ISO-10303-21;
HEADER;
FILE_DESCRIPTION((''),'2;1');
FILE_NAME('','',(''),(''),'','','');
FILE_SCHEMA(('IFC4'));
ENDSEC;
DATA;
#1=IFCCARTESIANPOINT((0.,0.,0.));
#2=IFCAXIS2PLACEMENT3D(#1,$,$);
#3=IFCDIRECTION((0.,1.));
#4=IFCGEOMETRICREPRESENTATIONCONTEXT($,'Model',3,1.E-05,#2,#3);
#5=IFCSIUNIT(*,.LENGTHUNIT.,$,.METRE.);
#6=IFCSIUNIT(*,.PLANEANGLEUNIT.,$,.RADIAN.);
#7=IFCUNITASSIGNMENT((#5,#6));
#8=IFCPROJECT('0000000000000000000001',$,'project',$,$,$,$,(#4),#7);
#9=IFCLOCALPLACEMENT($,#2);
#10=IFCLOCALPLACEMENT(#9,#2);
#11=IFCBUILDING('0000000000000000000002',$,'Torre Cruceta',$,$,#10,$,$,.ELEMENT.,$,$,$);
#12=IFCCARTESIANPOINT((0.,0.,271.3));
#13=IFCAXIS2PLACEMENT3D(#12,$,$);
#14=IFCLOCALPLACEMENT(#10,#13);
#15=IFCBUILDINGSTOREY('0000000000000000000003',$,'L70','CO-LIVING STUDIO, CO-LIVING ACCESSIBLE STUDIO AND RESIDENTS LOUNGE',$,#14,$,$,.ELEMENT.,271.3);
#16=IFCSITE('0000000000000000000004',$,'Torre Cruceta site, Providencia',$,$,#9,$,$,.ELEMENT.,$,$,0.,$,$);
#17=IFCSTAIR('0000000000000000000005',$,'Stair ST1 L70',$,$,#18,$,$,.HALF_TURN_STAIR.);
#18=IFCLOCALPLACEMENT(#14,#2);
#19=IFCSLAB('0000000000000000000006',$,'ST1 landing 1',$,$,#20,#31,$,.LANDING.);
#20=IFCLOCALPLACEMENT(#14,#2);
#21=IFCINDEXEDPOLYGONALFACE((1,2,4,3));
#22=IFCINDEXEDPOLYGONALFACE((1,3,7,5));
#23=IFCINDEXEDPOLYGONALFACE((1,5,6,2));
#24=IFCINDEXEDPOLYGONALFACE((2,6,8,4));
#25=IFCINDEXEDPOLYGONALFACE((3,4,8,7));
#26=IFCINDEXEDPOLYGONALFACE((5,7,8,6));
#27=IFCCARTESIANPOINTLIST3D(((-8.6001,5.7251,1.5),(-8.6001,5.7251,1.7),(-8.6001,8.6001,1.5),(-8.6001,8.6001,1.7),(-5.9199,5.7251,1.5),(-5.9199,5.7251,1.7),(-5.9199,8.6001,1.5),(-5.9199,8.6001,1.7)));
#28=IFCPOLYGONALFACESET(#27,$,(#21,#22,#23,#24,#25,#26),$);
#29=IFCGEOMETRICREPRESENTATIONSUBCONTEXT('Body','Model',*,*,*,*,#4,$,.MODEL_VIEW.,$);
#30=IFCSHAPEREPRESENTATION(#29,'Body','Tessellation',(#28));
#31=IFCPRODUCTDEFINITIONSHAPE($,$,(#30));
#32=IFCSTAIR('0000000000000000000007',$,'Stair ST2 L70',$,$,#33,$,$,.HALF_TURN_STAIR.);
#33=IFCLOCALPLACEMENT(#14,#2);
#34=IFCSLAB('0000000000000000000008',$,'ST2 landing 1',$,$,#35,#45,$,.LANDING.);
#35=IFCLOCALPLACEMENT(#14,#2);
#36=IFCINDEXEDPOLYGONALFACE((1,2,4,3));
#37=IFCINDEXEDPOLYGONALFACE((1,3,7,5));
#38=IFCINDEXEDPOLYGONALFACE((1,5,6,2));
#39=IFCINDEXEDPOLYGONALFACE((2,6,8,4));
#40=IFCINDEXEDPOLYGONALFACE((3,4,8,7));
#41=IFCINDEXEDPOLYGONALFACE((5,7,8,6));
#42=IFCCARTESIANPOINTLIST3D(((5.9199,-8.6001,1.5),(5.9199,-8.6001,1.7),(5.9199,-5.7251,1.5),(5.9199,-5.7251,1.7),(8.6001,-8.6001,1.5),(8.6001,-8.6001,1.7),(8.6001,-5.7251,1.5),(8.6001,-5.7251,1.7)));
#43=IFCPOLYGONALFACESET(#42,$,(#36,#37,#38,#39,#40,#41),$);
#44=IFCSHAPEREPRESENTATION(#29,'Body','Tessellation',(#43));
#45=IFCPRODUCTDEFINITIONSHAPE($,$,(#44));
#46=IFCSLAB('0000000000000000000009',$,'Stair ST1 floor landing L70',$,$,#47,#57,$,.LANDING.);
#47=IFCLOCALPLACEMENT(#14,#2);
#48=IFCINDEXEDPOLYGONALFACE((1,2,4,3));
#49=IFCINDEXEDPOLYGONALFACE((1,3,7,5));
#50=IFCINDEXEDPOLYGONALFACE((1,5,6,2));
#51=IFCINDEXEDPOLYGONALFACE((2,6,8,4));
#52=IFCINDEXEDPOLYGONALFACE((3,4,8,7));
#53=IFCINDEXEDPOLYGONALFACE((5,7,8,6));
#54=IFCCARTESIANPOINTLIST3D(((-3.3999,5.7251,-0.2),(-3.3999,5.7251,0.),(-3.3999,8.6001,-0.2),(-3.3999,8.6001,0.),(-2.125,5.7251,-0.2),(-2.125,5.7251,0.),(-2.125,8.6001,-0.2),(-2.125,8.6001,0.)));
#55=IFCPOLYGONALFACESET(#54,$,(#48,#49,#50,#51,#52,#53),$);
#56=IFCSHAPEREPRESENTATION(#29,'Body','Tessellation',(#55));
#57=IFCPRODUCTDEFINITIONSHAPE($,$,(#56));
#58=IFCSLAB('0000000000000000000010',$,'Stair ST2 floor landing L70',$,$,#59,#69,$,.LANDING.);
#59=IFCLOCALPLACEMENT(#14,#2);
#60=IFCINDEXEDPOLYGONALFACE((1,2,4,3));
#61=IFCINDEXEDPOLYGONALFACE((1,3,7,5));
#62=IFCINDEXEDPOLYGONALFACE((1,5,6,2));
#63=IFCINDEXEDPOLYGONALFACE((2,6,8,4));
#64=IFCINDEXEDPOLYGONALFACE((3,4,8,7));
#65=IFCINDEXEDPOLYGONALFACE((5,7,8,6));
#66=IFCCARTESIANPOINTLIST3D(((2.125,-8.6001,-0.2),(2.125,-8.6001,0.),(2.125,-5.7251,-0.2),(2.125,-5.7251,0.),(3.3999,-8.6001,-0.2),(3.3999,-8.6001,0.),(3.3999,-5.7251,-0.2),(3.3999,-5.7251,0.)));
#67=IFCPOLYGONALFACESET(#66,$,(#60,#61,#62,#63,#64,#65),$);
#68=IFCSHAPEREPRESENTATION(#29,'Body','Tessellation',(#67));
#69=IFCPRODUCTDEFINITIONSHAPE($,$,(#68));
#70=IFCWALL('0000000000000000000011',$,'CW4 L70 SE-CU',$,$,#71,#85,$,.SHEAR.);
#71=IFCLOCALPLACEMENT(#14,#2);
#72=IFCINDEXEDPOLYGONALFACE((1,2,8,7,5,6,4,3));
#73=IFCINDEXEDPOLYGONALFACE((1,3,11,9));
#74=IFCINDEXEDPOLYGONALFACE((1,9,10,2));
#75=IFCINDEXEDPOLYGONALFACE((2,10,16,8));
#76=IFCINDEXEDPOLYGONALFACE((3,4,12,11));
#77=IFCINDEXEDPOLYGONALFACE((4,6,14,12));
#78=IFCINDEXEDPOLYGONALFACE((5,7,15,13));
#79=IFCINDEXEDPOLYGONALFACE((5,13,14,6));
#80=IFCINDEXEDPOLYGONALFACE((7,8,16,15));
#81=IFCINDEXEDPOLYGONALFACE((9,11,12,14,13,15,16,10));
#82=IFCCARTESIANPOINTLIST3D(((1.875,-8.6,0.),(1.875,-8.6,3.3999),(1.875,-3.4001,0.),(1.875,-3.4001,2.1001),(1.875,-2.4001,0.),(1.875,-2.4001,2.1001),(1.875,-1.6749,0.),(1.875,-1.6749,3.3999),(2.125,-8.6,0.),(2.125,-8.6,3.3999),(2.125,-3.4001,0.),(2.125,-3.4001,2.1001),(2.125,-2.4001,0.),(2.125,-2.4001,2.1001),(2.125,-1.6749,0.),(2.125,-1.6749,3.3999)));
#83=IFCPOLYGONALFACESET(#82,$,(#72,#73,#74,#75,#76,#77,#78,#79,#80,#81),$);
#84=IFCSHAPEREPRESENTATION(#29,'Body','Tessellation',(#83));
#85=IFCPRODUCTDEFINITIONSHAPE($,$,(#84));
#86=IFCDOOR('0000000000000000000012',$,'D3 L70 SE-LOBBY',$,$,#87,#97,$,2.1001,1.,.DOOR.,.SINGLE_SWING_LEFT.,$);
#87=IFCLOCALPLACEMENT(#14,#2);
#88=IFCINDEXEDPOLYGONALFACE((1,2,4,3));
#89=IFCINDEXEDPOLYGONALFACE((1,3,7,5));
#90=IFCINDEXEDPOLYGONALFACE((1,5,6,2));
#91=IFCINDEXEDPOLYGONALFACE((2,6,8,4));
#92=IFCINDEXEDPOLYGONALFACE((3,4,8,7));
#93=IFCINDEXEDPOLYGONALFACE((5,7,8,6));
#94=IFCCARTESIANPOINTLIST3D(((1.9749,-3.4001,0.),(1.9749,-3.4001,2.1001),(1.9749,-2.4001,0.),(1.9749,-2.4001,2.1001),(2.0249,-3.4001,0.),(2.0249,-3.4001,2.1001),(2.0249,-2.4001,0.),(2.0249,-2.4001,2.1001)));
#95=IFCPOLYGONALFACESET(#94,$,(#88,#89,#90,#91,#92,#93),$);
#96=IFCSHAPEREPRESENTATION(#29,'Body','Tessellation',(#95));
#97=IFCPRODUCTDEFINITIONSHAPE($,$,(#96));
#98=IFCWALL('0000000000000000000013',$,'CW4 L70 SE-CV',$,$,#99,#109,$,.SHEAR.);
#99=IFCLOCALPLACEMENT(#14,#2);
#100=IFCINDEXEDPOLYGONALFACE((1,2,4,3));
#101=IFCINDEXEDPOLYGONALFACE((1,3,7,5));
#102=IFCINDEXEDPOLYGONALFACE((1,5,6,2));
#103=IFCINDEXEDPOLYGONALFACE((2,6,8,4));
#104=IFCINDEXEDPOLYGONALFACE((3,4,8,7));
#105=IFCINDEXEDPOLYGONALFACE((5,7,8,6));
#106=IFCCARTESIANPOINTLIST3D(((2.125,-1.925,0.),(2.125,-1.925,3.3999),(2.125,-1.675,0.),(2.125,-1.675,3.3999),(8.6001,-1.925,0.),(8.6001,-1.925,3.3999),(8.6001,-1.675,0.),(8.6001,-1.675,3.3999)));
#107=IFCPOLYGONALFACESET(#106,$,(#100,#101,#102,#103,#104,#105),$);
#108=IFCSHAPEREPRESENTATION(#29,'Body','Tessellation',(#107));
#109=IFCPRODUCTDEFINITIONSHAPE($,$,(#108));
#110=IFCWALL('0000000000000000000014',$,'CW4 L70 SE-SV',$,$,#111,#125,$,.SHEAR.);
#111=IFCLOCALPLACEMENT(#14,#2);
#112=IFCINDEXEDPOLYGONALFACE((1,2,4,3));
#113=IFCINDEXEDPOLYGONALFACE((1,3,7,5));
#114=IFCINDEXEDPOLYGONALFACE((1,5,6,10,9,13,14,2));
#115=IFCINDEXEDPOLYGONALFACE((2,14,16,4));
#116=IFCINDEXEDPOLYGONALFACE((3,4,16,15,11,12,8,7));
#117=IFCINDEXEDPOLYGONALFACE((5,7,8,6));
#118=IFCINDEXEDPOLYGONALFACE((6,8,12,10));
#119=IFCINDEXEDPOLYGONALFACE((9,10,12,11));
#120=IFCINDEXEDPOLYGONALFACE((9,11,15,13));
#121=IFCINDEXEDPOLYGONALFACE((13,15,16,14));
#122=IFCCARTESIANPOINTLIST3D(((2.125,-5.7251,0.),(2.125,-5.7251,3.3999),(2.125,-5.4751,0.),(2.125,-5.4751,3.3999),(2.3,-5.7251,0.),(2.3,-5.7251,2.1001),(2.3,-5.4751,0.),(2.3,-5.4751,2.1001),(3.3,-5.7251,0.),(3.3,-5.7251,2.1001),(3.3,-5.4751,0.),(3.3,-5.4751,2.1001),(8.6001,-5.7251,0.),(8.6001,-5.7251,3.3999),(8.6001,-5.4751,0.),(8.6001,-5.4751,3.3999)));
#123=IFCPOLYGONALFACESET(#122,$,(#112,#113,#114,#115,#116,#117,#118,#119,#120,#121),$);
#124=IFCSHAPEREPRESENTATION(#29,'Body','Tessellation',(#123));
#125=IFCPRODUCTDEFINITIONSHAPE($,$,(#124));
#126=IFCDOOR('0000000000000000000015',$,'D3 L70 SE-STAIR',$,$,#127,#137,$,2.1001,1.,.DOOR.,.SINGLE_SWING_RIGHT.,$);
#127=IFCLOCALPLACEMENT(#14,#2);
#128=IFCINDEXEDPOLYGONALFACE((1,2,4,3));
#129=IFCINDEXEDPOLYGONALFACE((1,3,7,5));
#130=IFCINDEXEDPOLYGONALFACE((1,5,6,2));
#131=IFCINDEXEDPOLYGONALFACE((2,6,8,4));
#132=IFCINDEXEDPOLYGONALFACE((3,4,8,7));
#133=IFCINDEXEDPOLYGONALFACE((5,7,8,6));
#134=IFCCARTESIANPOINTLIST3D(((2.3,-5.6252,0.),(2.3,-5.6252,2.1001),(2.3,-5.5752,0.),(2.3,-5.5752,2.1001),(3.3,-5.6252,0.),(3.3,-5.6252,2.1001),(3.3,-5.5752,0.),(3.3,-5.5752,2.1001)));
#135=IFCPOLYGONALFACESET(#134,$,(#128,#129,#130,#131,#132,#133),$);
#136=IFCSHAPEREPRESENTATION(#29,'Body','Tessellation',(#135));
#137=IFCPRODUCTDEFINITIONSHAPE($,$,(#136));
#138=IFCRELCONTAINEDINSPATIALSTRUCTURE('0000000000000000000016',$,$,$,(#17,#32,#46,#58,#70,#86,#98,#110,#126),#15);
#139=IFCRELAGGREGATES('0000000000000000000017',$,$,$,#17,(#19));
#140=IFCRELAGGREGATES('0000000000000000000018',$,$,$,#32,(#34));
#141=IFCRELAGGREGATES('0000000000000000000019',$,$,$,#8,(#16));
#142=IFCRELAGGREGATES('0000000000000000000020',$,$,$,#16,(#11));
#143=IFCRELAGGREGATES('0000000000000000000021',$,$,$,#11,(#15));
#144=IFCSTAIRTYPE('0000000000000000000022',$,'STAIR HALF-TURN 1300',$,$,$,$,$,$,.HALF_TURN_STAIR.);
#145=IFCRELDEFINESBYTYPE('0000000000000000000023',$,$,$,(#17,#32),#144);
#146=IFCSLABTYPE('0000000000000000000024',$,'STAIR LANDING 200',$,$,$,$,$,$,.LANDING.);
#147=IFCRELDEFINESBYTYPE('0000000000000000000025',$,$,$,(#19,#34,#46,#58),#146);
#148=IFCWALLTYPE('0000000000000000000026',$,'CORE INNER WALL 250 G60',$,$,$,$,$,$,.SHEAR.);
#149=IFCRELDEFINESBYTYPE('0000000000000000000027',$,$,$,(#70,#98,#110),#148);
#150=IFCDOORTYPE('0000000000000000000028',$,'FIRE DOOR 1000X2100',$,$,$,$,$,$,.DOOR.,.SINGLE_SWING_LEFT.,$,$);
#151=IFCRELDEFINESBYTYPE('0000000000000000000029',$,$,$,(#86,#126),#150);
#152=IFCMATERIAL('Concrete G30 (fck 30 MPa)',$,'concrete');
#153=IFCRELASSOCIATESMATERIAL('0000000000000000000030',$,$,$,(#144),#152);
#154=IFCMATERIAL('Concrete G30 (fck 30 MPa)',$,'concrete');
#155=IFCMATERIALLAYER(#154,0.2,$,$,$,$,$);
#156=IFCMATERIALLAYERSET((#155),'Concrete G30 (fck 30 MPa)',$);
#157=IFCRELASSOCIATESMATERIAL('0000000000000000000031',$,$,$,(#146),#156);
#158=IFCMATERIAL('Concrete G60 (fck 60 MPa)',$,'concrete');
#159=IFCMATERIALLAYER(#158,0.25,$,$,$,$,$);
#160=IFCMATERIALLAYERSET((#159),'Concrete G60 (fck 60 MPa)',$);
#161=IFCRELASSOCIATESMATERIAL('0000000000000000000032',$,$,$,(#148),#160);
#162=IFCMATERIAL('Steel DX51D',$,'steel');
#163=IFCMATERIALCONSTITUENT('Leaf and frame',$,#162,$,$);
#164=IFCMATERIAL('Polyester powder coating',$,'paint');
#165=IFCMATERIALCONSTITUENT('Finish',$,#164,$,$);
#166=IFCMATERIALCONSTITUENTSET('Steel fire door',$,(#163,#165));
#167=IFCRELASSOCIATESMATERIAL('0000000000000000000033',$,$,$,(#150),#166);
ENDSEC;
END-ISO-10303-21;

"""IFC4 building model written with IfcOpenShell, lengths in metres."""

from ifc_helpers import new_model, si_unit, direction, frame, frame_2d, origin, place, context, subcontext, project, spatial, polyline, rectangle, outline, extrude, material, layer, layer_set, constituent, constituent_set, type_object, element, fill, aggregate, save


model = new_model("IFC4")

# Units and contexts
model_context = context("Model", 3, precision=1e-05, world=origin(), true_north=direction((0.0, 1.0)))
body_context = subcontext(model_context, "Body", "Model", "MODEL_VIEW")
ifc_project = project(units=[si_unit("LENGTHUNIT", "METRE"), si_unit("PLANEANGLEUNIT", "RADIAN")], contexts=[model_context])

# Site, building, storey
site_placement = place(None, origin())
site = spatial("IfcSite", under=ifc_project, at=site_placement, Name="Torre Cruceta site, Providencia", CompositionType="ELEMENT", RefElevation=0.0)
building_placement = place(site_placement, origin())
building = spatial("IfcBuilding", under=site, at=building_placement, Name="Torre Cruceta", CompositionType="ELEMENT")
storey_placement = place(building_placement, frame((0.0, 0.0, 271.3)))
storey = spatial("IfcBuildingStorey", under=building, at=storey_placement, Name="L70", Description="CO-LIVING STUDIO, CO-LIVING ACCESSIBLE STUDIO AND RESIDENTS LOUNGE", CompositionType="ELEMENT", Elevation=271.3)

# Stairs, slabs
ifc_material_1 = material(Name="Concrete G30 (fck 30 MPa)", Category="concrete")
stair_type = type_object("IfcStairType", Name="STAIR HALF-TURN 1300", PredefinedType="HALF_TURN_STAIR", material=ifc_material_1)
stair_1_placement = place(storey_placement, origin())
stair_1 = element("IfcStair", 1, at=stair_1_placement, inside=storey, type_object=stair_type, Name="Stair ST1 L70", PredefinedType="HALF_TURN_STAIR")
ifc_material_2 = material(Name="Concrete G30 (fck 30 MPa)", Category="concrete")
ifc_layer_1 = layer(ifc_material_2, 0.2)
ifc_layer_set_1 = layer_set([ifc_layer_1], Name="Concrete G30 (fck 30 MPa)")
slab_type = type_object("IfcSlabType", Name="STAIR LANDING 200", PredefinedType="LANDING", material=ifc_layer_set_1)
slab_1_placement = place(storey_placement, frame((0.0, 0.0, 1.5)))
slab_1 = element("IfcSlab", 2, at=slab_1_placement, type_object=slab_type, Name="ST1 landing 1", PredefinedType="LANDING", context=body_context, shape_type="SweptSolid", body=[
    extrude(outline(polyline([(-8.6001, 5.7251), (-5.9199, 5.7251), (-5.9199, 8.6001), (-8.6001, 8.6001), (-8.6001, 5.7251)])), origin(), (0.0, 0.0, 1.0), 0.2),
])
aggregate(stair_1, [slab_1])
stair_2_placement = place(storey_placement, origin())
stair_2 = element("IfcStair", 3, at=stair_2_placement, inside=storey, type_object=stair_type, Name="Stair ST2 L70", PredefinedType="HALF_TURN_STAIR")
slab_2_placement = place(storey_placement, frame((0.0, 0.0, 1.5)))
slab_2 = element("IfcSlab", 4, at=slab_2_placement, type_object=slab_type, Name="ST2 landing 1", PredefinedType="LANDING", context=body_context, shape_type="SweptSolid", body=[
    extrude(outline(polyline([(5.9199, -8.6001), (8.6001, -8.6001), (8.6001, -5.7251), (5.9199, -5.7251), (5.9199, -8.6001)])), origin(), (0.0, 0.0, 1.0), 0.2),
])

# Slabs
slab_3_placement = place(storey_placement, frame((0.0, 0.0, -0.2)))
element("IfcSlab", 5, at=slab_3_placement, inside=storey, type_object=slab_type, Name="Stair ST1 floor landing L70", PredefinedType="LANDING", context=body_context, shape_type="SweptSolid", body=[
    extrude(outline(polyline([(-2.125, 8.6001), (-2.125, 5.7251), (-3.3999, 5.7251), (-3.3999, 8.6001), (-2.125, 8.6001)])), origin(), (0.0, 0.0, 1.0), 0.2),
])
slab_4_placement = place(storey_placement, frame((0.0, 0.0, -0.2)))
element("IfcSlab", 6, at=slab_4_placement, inside=storey, type_object=slab_type, Name="Stair ST2 floor landing L70", PredefinedType="LANDING", context=body_context, shape_type="SweptSolid", body=[
    extrude(outline(polyline([(2.125, -8.6001), (2.125, -5.7251), (3.3999, -5.7251), (3.3999, -8.6001), (2.125, -8.6001)])), origin(), (0.0, 0.0, 1.0), 0.2),
])

# Wall, opening, door
ifc_material_3 = material(Name="Concrete G60 (fck 60 MPa)", Category="concrete")
ifc_layer_2 = layer(ifc_material_3, 0.25)
ifc_layer_set_2 = layer_set([ifc_layer_2], Name="Concrete G60 (fck 60 MPa)")
wall_type_1 = type_object("IfcWallType", Name="CORE INNER WALL 250 G60", PredefinedType="SHEAR", material=ifc_layer_set_2)
wall_1_placement = place(storey_placement, frame((2.0, -1.675, 0.0), z_axis=(0.0, 0.0, 1.0), x_axis=(0.0, -1.0, 0.0)))
wall_1 = element("IfcWall", 7, at=wall_1_placement, inside=storey, type_object=wall_type_1, Name="CW4 L70 SE-CU", PredefinedType="SHEAR", context=body_context, shape_type="SweptSolid", body=[
    extrude(rectangle(XDim=6.925, YDim=0.25, at=frame_2d((3.4624, 0.0))), origin(), (0.0, 0.0, 1.0), 3.3999),
])
opening_1_placement = place(wall_1_placement, frame((0.7251, 0.0, 0.0)))
opening_1 = element("IfcOpeningElement", 8, at=opening_1_placement, cuts=wall_1, PredefinedType="OPENING", context=body_context, shape_type="SweptSolid", body=[
    extrude(rectangle(XDim=1.0, YDim=2.1001, at=frame_2d((0.5, 1.05))), frame((0.0, 0.135, 0.0), z_axis=(0.0, -1.0, 0.0), x_axis=(1.0, 0.0, 0.0)), (0.0, 0.0, 1.0), 0.27),
])
ifc_material_4 = material(Name="Steel DX51D", Category="steel")
ifc_constituent_1 = constituent(ifc_material_4, Name="Leaf and frame")
ifc_material_5 = material(Name="Polyester powder coating", Category="paint")
ifc_constituent_2 = constituent(ifc_material_5, Name="Finish")
ifc_constituent_set_1 = constituent_set(constituents=[ifc_constituent_1, ifc_constituent_2], Name="Steel fire door")
door_type_1 = type_object("IfcDoorType", Name="FIRE DOOR 1000X2100", OperationType="SINGLE_SWING_LEFT", PredefinedType="DOOR", material=ifc_constituent_set_1)
door_1_placement = place(opening_1_placement, origin())
door_1 = element("IfcDoor", 9, at=door_1_placement, inside=storey, type_object=door_type_1, Name="D3 L70 SE-LOBBY", OperationType="SINGLE_SWING_LEFT", OverallHeight=2.1001, OverallWidth=1.0, PredefinedType="DOOR", context=body_context, shape_type="SweptSolid", body=[
    extrude(rectangle(XDim=1.0, YDim=2.1001, at=frame_2d((0.5, 1.05))), frame((0.0, 0.0249, 0.0), z_axis=(0.0, -1.0, 0.0), x_axis=(1.0, 0.0, 0.0)), (0.0, 0.0, 1.0), 0.05),
])
fill(opening_1, door_1)

# Wall
wall_2_placement = place(storey_placement, frame((2.125, -1.8, 0.0), z_axis=(0.0, 0.0, 1.0), x_axis=(1.0, 0.0, 0.0)))
element("IfcWall", 10, at=wall_2_placement, inside=storey, type_object=wall_type_1, Name="CW4 L70 SE-CV", PredefinedType="SHEAR", context=body_context, shape_type="SweptSolid", body=[
    extrude(rectangle(XDim=6.4751, YDim=0.25, at=frame_2d((3.2375, 0.0))), origin(), (0.0, 0.0, 1.0), 3.3999),
])

# Wall, opening, door
wall_3_placement = place(storey_placement, frame((2.125, -5.6001, 0.0), z_axis=(0.0, 0.0, 1.0), x_axis=(1.0, 0.0, 0.0)))
wall_3 = element("IfcWall", 11, at=wall_3_placement, inside=storey, type_object=wall_type_1, Name="CW4 L70 SE-SV", PredefinedType="SHEAR", context=body_context, shape_type="SweptSolid", body=[
    extrude(rectangle(XDim=6.4751, YDim=0.25, at=frame_2d((3.2375, 0.0))), origin(), (0.0, 0.0, 1.0), 3.3999),
])
opening_2_placement = place(wall_3_placement, frame((0.175, 0.0, 0.0)))
opening_2 = element("IfcOpeningElement", 12, at=opening_2_placement, cuts=wall_3, PredefinedType="OPENING", context=body_context, shape_type="SweptSolid", body=[
    extrude(rectangle(XDim=1.0, YDim=2.1001, at=frame_2d((0.5, 1.05))), frame((0.0, 0.135, 0.0), z_axis=(0.0, -1.0, 0.0), x_axis=(1.0, 0.0, 0.0)), (0.0, 0.0, 1.0), 0.27),
])
door_2_placement = place(opening_2_placement, frame((1.0, 0.0, 0.0), z_axis=(0.0, 0.0, 1.0), x_axis=(-1.0, 0.0, 0.0)))
door_2 = element("IfcDoor", 13, at=door_2_placement, inside=storey, type_object=door_type_1, Name="D3 L70 SE-STAIR", OperationType="SINGLE_SWING_RIGHT", OverallHeight=2.1001, OverallWidth=1.0, PredefinedType="DOOR", context=body_context, shape_type="SweptSolid", body=[
    extrude(rectangle(XDim=1.0, YDim=2.1001, at=frame_2d((0.5, 1.05))), frame((0.0, 0.0251, 0.0), z_axis=(0.0, -1.0, 0.0), x_axis=(1.0, 0.0, 0.0)), (0.0, 0.0, 1.0), 0.05),
])
fill(opening_2, door_2)

aggregate(stair_2, [slab_2])

save(model, "model.ifc")
